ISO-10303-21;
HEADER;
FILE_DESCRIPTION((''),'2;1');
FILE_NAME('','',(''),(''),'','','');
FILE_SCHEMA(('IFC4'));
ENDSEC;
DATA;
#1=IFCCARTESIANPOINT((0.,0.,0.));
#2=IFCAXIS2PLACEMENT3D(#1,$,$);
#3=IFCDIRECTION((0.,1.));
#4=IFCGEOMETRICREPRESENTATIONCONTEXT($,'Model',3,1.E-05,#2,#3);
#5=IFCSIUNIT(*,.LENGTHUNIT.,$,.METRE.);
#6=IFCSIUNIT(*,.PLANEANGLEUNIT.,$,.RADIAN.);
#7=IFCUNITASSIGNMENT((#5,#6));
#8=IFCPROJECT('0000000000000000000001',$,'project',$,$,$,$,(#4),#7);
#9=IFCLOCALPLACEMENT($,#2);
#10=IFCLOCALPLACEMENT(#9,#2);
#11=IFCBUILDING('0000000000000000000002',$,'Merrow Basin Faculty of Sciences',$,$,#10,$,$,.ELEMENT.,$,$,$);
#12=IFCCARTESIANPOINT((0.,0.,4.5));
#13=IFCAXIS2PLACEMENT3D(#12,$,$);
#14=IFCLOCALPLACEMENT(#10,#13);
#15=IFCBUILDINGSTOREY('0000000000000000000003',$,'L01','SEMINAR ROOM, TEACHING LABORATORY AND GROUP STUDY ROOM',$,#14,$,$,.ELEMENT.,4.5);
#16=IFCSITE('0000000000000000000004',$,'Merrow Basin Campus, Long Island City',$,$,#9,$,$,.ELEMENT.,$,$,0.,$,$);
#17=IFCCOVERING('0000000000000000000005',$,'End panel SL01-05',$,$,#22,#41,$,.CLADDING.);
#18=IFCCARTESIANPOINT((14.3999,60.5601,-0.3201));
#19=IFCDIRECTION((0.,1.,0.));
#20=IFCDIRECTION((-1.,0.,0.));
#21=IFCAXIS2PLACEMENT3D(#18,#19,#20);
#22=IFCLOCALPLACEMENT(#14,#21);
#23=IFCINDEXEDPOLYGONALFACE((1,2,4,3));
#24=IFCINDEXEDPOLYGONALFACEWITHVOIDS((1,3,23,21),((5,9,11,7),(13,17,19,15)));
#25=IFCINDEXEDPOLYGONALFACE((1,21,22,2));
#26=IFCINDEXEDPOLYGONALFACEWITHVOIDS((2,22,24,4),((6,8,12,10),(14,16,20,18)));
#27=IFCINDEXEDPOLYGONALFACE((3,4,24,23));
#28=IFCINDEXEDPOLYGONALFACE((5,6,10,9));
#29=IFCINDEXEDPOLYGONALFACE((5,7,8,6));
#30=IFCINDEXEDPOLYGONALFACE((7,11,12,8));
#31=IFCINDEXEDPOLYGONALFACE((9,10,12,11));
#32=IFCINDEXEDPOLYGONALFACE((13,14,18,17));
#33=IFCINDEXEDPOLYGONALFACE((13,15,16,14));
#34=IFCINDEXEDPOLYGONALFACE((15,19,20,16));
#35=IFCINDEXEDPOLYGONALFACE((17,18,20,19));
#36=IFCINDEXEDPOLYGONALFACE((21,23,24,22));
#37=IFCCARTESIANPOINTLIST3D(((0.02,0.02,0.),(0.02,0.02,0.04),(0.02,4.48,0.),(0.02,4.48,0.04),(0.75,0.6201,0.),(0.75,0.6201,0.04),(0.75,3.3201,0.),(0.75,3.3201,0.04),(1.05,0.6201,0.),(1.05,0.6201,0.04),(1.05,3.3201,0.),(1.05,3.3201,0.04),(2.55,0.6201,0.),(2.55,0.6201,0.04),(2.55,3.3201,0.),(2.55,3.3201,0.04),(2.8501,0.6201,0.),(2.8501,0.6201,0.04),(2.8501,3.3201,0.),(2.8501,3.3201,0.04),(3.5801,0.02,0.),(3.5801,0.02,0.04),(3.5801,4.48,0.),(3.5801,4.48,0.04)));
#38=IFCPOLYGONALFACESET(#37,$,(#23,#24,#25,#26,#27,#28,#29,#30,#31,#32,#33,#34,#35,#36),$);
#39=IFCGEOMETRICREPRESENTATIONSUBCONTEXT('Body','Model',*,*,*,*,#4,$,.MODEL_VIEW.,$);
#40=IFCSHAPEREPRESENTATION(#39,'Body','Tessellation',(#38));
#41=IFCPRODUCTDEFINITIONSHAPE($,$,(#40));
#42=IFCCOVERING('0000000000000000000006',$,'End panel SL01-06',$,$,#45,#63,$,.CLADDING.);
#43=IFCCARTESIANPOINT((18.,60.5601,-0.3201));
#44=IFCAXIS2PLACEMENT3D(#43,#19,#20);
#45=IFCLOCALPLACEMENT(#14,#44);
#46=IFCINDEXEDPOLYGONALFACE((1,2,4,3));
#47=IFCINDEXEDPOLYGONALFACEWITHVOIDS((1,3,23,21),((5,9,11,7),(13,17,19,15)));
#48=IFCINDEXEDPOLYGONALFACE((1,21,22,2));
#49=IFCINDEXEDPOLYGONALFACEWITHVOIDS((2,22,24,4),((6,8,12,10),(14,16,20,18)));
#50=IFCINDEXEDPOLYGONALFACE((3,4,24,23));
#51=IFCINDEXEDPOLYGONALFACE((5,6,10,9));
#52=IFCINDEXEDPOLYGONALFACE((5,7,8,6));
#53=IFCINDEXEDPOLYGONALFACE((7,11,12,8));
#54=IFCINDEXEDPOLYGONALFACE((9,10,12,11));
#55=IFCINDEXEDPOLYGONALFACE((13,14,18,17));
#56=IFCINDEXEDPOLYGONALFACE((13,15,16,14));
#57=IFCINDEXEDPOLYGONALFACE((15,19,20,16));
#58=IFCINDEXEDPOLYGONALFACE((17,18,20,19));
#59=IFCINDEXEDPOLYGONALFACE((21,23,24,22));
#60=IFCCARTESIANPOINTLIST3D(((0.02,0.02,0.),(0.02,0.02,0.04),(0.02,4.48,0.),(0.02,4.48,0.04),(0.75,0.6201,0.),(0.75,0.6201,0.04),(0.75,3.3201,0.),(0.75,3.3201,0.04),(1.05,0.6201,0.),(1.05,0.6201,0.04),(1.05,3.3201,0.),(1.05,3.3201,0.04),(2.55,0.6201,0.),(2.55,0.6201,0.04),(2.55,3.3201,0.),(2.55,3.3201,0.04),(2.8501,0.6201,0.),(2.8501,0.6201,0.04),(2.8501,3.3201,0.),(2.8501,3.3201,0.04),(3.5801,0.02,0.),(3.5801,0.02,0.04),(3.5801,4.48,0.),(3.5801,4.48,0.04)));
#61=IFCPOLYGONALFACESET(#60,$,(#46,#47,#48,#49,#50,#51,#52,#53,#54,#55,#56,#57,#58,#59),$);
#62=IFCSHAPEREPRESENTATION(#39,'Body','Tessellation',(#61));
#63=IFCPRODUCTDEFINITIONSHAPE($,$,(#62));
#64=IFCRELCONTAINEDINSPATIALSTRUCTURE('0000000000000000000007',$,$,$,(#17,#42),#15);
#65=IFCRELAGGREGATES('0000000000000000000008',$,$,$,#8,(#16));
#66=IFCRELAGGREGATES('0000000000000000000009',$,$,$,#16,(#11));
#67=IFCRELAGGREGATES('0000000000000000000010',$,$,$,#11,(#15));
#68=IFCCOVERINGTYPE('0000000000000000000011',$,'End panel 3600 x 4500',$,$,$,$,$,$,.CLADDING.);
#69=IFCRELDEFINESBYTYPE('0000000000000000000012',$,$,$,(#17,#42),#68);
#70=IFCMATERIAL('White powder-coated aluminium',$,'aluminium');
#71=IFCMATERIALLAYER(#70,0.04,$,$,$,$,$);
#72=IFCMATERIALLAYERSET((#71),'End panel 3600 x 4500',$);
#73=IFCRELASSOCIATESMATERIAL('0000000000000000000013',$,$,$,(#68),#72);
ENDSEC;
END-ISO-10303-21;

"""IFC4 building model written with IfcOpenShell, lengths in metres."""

from ifc_helpers import new_model, si_unit, direction, frame, origin, place, context, subcontext, project, spatial, polyline, outline, extrude, source, transform, mapped, material, layer, layer_set, type_object, element, save


model = new_model("IFC4")

# Units and contexts
model_context = context("Model", 3, precision=1e-05, world=origin(), true_north=direction((0.0, 1.0)))
body_context = subcontext(model_context, "Body", "Model", "MODEL_VIEW")
ifc_project = project(units=[si_unit("LENGTHUNIT", "METRE"), si_unit("PLANEANGLEUNIT", "RADIAN")], contexts=[model_context])

# Site, building, storey
site_placement = place(None, origin())
site = spatial("IfcSite", under=ifc_project, at=site_placement, Name="Merrow Basin Campus, Long Island City", CompositionType="ELEMENT", RefElevation=0.0)
building_placement = place(site_placement, origin())
building = spatial("IfcBuilding", under=site, at=building_placement, Name="Merrow Basin Faculty of Sciences", CompositionType="ELEMENT")
storey_placement = place(building_placement, frame((0.0, 0.0, 4.5)))
storey = spatial("IfcBuildingStorey", under=building, at=storey_placement, Name="L01", Description="SEMINAR ROOM, TEACHING LABORATORY AND GROUP STUDY ROOM", CompositionType="ELEMENT", Elevation=4.5)

# Coverings
ifc_material_1 = material(Name="White powder-coated aluminium", Category="aluminium")
ifc_layer_1 = layer(ifc_material_1, 0.04)
ifc_layer_set_1 = layer_set([ifc_layer_1], Name="End panel 3600 x 4500")
covering_type = type_object("IfcCoveringType", Name="End panel 3600 x 4500", PredefinedType="CLADDING", material=ifc_layer_set_1)
shared_shape_1 = source(origin(), body_context, "Body", "SweptSolid", [
    extrude(outline(polyline([(0.02, 0.02), (3.5801, 0.02), (3.5801, 4.48), (0.02, 4.48), (0.02, 0.02)]), holes=[polyline([(2.55, 0.6201), (2.8501, 0.6201), (2.8501, 3.3201), (2.55, 3.3201), (2.55, 0.6201)]), polyline([(0.75, 0.6201), (1.05, 0.6201), (1.05, 3.3201), (0.75, 3.3201), (0.75, 0.6201)])]), origin(), (0.0, 0.0, 1.0), 0.04),
])
covering_1_placement = place(storey_placement, frame((14.3999, 60.5601, -0.3201), z_axis=(0.0, 1.0, 0.0), x_axis=(-1.0, 0.0, 0.0)))
element("IfcCovering", 1, at=covering_1_placement, inside=storey, type_object=covering_type, Name="End panel SL01-05", PredefinedType="CLADDING", context=body_context, shape_type="MappedRepresentation", body=[
    mapped(shared_shape_1, transform((0.0, 0.0, 0.0), scale=1.0)),
])
shared_shape_2 = source(origin(), body_context, "Body", "SweptSolid", [
    extrude(outline(polyline([(0.02, 0.02), (3.5801, 0.02), (3.5801, 4.48), (0.02, 4.48), (0.02, 0.02)]), holes=[polyline([(2.55, 0.6201), (2.8501, 0.6201), (2.8501, 3.3201), (2.55, 3.3201), (2.55, 0.6201)]), polyline([(0.75, 0.6201), (1.05, 0.6201), (1.05, 3.3201), (0.75, 3.3201), (0.75, 0.6201)])]), origin(), (0.0, 0.0, 1.0), 0.04),
])
covering_2_placement = place(storey_placement, frame((18.0, 60.5601, -0.3201), z_axis=(0.0, 1.0, 0.0), x_axis=(-1.0, 0.0, 0.0)))
element("IfcCovering", 2, at=covering_2_placement, inside=storey, type_object=covering_type, Name="End panel SL01-06", PredefinedType="CLADDING", context=body_context, shape_type="MappedRepresentation", body=[
    mapped(shared_shape_2, transform((0.0, 0.0, 0.0), scale=1.0)),
])

save(model, "model.ifc")
